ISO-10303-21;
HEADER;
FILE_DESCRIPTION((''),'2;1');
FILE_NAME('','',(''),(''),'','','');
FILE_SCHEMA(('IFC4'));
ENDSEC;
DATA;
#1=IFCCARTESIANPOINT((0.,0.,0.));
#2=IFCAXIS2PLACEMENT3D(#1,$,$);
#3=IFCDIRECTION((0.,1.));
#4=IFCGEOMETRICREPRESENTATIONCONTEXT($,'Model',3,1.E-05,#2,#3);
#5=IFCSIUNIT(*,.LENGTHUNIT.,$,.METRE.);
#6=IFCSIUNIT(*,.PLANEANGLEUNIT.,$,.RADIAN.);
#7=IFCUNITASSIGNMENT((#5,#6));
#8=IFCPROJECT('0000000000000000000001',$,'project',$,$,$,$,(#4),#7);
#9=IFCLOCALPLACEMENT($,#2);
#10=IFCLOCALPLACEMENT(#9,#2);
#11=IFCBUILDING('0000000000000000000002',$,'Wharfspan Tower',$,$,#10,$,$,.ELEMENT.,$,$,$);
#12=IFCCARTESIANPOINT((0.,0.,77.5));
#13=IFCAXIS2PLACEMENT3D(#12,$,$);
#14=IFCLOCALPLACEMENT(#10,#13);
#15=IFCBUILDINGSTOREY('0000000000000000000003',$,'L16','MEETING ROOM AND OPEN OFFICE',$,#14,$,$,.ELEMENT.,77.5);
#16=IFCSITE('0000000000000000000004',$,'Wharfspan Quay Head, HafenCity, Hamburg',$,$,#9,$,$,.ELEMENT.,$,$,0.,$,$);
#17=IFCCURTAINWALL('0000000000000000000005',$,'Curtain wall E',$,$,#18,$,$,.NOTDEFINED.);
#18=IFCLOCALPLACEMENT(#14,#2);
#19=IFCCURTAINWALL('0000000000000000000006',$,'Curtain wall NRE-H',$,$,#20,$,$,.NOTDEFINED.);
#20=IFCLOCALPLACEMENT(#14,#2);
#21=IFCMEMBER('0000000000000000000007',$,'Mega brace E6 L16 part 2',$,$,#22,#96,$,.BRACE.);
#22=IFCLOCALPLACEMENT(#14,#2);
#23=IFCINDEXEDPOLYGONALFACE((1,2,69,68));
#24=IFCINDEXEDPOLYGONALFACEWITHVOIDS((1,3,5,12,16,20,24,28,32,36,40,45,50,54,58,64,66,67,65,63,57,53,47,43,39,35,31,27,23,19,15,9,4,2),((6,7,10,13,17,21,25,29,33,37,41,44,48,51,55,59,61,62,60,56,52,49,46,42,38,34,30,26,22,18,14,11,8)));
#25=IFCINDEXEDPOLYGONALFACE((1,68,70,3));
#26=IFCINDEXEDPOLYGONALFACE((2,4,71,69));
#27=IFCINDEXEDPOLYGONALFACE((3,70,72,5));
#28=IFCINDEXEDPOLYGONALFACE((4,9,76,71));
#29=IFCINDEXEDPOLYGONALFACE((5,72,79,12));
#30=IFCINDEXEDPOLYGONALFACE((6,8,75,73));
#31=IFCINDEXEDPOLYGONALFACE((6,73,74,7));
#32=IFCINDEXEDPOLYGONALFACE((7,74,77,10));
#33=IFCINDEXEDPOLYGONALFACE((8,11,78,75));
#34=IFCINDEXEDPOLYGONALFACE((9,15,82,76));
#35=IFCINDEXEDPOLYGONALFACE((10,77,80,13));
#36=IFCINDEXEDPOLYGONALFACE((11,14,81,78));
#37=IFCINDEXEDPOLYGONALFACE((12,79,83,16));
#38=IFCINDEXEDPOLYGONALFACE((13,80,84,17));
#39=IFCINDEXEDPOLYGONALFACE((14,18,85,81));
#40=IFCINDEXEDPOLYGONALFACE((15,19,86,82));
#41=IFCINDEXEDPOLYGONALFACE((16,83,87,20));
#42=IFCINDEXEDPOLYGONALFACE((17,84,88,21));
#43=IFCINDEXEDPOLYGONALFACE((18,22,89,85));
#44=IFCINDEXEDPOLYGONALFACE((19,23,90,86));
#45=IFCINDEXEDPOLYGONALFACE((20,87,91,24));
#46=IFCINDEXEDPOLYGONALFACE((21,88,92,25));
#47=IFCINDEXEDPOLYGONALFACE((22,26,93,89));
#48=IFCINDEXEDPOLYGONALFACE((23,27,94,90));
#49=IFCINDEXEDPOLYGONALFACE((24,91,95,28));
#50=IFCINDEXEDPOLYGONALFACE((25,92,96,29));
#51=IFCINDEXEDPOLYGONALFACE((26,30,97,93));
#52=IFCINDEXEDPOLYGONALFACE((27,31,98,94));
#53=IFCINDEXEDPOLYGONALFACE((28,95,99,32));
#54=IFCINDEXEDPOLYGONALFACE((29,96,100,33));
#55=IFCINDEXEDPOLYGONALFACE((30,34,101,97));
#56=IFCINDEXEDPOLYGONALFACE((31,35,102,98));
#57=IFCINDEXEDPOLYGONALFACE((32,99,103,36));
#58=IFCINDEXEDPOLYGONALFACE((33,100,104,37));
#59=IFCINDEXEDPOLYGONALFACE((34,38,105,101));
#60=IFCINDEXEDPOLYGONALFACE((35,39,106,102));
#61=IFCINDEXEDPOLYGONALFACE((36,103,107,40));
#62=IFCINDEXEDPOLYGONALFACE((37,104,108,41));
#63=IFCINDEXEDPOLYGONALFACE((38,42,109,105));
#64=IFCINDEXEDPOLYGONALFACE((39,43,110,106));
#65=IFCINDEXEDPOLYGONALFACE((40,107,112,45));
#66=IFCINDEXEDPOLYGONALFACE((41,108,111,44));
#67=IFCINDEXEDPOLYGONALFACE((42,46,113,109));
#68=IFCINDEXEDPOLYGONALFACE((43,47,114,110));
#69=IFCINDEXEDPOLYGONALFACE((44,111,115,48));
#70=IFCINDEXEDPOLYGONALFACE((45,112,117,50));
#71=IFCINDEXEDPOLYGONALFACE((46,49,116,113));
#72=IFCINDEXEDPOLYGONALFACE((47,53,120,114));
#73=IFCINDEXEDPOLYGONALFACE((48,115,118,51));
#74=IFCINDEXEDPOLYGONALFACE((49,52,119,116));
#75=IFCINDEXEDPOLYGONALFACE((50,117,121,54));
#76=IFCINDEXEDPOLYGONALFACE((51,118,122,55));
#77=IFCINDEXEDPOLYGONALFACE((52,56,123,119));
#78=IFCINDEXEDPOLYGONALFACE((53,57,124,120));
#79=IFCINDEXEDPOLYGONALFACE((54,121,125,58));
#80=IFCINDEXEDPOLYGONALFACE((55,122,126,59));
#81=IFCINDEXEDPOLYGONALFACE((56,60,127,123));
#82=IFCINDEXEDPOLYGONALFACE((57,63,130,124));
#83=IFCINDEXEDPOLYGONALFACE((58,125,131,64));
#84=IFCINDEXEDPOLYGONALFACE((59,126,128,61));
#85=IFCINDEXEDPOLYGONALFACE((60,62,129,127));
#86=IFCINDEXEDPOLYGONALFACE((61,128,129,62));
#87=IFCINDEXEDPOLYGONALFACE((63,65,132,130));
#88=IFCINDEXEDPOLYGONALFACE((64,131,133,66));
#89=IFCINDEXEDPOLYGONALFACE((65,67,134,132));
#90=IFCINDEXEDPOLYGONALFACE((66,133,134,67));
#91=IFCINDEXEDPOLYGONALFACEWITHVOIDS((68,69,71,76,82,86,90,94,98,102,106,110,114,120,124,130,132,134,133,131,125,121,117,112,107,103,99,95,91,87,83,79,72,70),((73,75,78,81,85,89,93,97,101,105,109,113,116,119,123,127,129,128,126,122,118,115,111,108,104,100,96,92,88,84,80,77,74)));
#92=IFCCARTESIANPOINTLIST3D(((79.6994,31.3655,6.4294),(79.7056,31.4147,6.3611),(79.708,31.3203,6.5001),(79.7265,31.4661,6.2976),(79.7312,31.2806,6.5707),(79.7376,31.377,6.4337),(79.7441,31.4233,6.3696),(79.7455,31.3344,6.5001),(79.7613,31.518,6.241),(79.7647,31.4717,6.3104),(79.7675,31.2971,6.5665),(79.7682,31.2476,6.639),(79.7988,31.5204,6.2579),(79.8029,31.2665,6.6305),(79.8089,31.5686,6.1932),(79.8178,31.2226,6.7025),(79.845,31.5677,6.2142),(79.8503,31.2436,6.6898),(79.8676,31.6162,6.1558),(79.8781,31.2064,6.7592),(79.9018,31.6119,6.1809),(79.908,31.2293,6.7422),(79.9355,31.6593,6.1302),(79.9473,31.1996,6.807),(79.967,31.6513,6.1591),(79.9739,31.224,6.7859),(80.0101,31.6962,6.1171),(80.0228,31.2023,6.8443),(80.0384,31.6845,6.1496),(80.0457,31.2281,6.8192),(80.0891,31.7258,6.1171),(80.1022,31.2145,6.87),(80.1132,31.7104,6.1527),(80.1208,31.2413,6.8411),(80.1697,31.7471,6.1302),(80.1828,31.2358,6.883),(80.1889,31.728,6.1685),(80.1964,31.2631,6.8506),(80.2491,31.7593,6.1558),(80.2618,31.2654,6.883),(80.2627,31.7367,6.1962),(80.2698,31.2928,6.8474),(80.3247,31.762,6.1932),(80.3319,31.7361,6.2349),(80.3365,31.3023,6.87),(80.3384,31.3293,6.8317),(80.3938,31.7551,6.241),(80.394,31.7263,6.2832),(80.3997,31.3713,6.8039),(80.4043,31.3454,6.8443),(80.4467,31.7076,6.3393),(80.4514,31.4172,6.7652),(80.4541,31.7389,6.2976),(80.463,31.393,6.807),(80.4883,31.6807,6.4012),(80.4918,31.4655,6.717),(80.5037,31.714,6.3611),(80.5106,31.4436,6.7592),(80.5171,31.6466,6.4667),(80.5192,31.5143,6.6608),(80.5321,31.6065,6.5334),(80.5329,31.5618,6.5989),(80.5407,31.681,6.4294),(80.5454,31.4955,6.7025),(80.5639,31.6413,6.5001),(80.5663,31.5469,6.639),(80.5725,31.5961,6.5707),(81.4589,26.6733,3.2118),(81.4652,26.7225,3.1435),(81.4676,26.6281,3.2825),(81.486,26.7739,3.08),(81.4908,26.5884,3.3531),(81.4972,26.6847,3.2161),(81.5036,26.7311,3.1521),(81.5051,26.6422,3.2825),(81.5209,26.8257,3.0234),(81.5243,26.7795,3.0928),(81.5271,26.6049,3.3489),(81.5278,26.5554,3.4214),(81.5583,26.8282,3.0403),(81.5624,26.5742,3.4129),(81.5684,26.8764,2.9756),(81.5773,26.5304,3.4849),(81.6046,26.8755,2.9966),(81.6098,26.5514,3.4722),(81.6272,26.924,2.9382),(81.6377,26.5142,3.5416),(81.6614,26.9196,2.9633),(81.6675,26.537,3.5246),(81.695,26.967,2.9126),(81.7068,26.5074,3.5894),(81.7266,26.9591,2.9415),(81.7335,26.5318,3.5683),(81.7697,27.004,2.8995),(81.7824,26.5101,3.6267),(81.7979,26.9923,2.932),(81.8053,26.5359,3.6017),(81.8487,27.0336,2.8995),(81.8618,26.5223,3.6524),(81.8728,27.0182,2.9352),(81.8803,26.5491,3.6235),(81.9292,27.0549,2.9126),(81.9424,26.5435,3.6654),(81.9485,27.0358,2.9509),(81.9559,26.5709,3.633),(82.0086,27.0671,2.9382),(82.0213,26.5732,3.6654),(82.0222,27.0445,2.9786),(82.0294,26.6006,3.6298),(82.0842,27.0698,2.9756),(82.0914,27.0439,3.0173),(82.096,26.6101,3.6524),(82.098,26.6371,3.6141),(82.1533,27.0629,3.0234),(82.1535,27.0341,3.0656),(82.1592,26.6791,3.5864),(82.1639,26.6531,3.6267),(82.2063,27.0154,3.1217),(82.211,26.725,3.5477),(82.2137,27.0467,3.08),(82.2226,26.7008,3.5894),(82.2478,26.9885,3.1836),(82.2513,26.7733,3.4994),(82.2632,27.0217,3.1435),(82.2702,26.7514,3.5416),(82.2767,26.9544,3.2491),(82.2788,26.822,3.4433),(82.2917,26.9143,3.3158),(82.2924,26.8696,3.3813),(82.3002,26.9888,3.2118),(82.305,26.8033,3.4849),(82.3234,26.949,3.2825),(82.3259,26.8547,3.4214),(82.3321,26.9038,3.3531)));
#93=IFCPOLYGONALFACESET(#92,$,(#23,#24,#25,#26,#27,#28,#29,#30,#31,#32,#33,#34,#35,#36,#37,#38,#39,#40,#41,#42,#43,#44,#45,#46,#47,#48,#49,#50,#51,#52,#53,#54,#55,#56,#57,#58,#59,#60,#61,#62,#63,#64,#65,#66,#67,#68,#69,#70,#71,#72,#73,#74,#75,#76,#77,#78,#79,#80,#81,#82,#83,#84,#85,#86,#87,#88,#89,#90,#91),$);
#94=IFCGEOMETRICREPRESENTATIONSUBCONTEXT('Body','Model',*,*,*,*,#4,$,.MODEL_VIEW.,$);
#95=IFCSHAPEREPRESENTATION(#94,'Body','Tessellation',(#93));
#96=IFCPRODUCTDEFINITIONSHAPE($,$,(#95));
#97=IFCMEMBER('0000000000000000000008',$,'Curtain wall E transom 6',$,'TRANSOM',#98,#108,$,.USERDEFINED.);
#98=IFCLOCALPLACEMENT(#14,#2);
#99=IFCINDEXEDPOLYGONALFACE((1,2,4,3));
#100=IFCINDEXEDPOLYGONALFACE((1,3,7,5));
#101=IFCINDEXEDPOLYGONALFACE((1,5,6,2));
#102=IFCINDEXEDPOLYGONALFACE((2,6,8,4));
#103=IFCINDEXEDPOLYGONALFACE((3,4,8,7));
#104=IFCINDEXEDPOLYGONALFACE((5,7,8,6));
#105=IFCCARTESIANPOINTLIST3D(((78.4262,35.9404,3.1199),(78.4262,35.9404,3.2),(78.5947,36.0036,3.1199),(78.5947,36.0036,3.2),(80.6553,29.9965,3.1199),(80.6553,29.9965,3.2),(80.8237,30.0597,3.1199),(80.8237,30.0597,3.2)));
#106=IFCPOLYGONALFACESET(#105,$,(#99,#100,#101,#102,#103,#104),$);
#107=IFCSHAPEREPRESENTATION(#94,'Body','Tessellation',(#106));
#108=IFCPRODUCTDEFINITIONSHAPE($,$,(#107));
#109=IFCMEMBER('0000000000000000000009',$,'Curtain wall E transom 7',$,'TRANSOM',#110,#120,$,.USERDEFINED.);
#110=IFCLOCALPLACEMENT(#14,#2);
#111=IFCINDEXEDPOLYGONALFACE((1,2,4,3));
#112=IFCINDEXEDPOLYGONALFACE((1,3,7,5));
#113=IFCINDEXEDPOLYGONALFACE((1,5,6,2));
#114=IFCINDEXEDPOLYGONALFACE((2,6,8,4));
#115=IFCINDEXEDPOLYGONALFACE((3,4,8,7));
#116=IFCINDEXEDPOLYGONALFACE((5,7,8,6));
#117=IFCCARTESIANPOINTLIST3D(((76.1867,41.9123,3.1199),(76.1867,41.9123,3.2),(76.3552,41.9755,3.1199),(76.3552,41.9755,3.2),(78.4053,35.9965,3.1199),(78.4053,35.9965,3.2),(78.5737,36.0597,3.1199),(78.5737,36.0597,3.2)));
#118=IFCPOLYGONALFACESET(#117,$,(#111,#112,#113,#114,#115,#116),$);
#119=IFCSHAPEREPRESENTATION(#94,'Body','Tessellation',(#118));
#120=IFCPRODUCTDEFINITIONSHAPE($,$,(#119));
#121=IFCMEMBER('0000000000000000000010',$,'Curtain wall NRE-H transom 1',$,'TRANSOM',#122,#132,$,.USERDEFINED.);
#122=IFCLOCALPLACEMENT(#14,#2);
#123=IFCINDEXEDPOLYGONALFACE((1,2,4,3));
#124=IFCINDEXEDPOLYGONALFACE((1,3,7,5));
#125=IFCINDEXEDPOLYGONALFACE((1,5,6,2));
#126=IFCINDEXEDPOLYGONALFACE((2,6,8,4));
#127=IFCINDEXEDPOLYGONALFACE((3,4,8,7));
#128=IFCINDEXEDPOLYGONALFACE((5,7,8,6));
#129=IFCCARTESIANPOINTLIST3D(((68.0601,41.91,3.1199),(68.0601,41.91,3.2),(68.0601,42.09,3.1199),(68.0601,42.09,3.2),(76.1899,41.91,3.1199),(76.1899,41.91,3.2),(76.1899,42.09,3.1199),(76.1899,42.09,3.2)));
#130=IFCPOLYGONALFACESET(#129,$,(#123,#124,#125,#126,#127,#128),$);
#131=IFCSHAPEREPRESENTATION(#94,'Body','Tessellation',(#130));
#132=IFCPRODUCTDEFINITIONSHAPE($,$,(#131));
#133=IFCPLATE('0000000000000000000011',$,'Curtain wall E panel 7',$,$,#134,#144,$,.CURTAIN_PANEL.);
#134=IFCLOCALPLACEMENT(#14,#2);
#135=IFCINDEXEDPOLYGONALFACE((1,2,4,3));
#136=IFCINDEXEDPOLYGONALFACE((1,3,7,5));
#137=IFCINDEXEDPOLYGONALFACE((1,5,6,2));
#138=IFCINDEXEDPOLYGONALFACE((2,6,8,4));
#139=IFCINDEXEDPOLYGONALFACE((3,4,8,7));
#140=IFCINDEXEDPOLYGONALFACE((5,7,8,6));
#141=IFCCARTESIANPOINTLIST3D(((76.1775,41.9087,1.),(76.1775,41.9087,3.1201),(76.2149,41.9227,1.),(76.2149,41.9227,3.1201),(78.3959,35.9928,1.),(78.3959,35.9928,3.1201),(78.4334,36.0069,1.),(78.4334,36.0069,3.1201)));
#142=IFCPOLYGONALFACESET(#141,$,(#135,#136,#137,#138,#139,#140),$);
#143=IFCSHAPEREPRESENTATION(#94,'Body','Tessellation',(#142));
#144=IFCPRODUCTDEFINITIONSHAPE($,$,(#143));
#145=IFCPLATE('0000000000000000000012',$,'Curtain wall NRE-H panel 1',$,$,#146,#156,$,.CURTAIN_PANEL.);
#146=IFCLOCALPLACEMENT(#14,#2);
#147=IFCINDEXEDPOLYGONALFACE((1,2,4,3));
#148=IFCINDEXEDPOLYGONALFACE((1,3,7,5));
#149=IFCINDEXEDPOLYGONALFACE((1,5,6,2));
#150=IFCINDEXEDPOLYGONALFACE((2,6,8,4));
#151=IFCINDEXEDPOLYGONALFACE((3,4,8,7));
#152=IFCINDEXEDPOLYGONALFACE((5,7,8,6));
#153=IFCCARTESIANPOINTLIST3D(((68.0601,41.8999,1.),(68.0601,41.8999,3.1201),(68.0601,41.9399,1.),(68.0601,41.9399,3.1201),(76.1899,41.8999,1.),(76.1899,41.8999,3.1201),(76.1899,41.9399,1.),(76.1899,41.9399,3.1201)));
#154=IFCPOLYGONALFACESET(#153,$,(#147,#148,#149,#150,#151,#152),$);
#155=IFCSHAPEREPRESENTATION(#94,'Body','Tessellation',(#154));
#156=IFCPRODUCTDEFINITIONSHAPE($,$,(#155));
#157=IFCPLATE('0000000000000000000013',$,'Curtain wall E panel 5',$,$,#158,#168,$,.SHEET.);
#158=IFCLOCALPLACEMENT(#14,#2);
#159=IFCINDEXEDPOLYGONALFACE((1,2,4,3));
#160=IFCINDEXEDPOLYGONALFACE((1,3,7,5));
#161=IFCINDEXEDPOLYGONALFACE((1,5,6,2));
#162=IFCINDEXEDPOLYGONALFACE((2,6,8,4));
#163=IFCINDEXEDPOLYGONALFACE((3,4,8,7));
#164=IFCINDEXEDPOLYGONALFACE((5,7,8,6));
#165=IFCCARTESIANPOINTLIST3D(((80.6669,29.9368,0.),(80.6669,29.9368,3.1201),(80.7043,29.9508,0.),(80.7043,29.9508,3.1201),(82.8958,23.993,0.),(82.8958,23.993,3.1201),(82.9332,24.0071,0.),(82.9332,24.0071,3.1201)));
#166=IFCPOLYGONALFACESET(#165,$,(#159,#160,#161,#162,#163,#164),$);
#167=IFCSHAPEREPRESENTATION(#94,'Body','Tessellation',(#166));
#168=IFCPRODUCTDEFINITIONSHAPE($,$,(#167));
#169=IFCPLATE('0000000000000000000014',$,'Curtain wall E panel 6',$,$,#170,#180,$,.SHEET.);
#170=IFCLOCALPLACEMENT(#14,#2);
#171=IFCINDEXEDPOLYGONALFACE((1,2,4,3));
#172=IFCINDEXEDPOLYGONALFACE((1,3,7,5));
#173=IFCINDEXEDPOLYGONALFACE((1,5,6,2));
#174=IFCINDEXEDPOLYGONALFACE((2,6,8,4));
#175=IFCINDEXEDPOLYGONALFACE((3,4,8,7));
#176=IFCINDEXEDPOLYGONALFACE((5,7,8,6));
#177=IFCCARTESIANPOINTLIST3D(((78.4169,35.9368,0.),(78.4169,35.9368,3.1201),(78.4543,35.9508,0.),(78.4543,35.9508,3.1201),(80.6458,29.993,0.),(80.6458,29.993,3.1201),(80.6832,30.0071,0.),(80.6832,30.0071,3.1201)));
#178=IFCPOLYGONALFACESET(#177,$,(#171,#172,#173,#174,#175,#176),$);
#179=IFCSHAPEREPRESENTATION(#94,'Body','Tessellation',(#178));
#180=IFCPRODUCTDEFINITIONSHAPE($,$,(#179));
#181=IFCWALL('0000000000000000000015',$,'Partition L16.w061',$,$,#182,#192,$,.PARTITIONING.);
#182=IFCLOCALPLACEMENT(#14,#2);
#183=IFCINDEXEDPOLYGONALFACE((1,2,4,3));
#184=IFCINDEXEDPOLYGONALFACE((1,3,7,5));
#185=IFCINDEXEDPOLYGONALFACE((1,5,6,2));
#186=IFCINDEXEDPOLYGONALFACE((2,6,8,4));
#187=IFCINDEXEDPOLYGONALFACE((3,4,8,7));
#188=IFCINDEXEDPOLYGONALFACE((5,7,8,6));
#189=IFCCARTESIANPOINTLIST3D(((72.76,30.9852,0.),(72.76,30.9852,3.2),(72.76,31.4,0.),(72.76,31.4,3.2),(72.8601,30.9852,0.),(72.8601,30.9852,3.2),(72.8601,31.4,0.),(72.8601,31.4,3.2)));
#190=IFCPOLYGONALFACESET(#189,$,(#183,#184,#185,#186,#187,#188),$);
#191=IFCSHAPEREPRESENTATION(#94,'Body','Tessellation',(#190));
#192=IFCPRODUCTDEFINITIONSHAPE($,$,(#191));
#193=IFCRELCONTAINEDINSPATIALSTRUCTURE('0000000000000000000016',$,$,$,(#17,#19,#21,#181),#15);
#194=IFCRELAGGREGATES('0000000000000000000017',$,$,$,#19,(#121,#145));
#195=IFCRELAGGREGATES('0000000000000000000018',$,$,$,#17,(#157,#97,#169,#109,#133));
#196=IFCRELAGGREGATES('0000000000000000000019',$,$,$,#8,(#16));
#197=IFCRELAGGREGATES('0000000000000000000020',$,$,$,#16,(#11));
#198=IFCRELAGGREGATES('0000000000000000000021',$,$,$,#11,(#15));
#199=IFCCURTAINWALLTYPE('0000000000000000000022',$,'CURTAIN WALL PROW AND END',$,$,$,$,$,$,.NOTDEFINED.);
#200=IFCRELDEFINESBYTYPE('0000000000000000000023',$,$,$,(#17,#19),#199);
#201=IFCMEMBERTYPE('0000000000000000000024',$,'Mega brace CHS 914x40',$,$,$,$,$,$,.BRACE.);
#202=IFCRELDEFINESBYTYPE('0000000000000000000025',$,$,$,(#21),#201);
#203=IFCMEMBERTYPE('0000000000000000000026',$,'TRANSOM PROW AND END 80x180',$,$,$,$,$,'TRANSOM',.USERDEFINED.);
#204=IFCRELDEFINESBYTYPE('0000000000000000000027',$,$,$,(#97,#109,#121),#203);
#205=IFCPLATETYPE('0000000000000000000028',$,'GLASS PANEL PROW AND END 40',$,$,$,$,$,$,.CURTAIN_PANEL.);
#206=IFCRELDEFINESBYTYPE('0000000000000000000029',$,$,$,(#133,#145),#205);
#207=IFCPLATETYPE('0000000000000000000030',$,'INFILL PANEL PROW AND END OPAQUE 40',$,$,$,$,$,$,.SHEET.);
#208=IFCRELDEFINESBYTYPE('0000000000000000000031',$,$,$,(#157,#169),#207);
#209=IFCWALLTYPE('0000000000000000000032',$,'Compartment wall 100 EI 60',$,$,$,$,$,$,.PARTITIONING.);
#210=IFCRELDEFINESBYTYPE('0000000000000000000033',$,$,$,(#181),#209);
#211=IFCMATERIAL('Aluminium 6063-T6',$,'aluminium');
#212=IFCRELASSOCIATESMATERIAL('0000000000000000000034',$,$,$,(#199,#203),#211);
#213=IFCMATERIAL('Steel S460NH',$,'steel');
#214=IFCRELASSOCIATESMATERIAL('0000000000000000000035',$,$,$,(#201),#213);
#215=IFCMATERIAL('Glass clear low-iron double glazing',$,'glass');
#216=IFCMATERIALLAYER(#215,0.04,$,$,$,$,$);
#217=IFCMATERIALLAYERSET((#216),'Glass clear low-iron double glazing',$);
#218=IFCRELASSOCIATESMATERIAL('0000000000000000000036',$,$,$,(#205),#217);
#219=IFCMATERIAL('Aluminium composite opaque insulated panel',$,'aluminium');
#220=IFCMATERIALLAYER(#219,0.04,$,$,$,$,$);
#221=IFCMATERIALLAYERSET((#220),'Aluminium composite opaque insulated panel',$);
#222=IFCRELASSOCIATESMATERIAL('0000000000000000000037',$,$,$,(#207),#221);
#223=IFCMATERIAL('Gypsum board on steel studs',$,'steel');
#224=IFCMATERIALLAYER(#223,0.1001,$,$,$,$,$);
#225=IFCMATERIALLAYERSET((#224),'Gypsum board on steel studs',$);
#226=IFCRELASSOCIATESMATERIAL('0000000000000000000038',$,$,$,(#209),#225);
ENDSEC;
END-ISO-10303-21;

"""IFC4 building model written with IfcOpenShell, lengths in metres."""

from ifc_helpers import new_model, si_unit, direction, frame, frame_2d, origin, origin_2d, place, context, subcontext, project, spatial, rectangle, hollow_circle, extrude, material, layer, layer_set, material_profile, profile_set, type_object, element, aggregate, save


model = new_model("IFC4")

# Units and contexts
model_context = context("Model", 3, precision=1e-05, world=origin(), true_north=direction((0.0, 1.0)))
body_context = subcontext(model_context, "Body", "Model", "MODEL_VIEW")
ifc_project = project(units=[si_unit("LENGTHUNIT", "METRE"), si_unit("PLANEANGLEUNIT", "RADIAN")], contexts=[model_context])

# Site, building, storey
site_placement = place(None, origin())
site = spatial("IfcSite", under=ifc_project, at=site_placement, Name="Wharfspan Quay Head, HafenCity, Hamburg", CompositionType="ELEMENT", RefElevation=0.0)
building_placement = place(site_placement, origin())
building = spatial("IfcBuilding", under=site, at=building_placement, Name="Wharfspan Tower", CompositionType="ELEMENT")
storey_placement = place(building_placement, frame((0.0, 0.0, 77.5)))
storey = spatial("IfcBuildingStorey", under=building, at=storey_placement, Name="L16", Description="MEETING ROOM AND OPEN OFFICE", CompositionType="ELEMENT", Elevation=77.5)

# Curtain wall
ifc_material_1 = material(Name="Aluminium 6063-T6", Category="aluminium")
curtain_wall_type = type_object("IfcCurtainWallType", Name="CURTAIN WALL PROW AND END", PredefinedType="NOTDEFINED", material=ifc_material_1)
curtain_wall_1_placement = place(storey_placement, origin())
curtain_wall_1 = element("IfcCurtainWall", 1, at=curtain_wall_1_placement, inside=storey, type_object=curtain_wall_type, Name="Curtain wall E", PredefinedType="NOTDEFINED")

# Curtain wall
curtain_wall_2_placement = place(storey_placement, origin())
curtain_wall_2 = element("IfcCurtainWall", 2, at=curtain_wall_2_placement, inside=storey, type_object=curtain_wall_type, Name="Curtain wall NRE-H", PredefinedType="NOTDEFINED")

# Members
ifc_material_2 = material(Name="Steel S460NH", Category="steel")
ifc_material_profile_1 = material_profile(ifc_material_2, hollow_circle(Radius=0.457, WallThickness=0.04, at=origin_2d()))
ifc_profile_set_1 = profile_set([ifc_material_profile_1], Name="Steel S460NH")
member_type_1 = type_object("IfcMemberType", Name="Mega brace CHS 914x40", PredefinedType="BRACE", material=ifc_profile_set_1)
member_1_placement = place(storey_placement, frame((81.8955, 26.7886, 3.2825), z_axis=(-0.295459, 0.787904, 0.540288), x_axis=(-0.936328, -0.351115, -0.000003)))
element("IfcMember", 3, at=member_1_placement, inside=storey, type_object=member_type_1, Name="Mega brace E6 L16 part 2", PredefinedType="BRACE", context=body_context, shape_type="SweptSolid", body=[
    extrude(hollow_circle(Radius=0.457, WallThickness=0.04, at=origin_2d()), origin(), (0.0, 0.0, 1.0), 5.9553),
])
ifc_material_profile_2 = material_profile(ifc_material_1, rectangle(XDim=0.1799, YDim=0.0801, at=origin_2d()))
ifc_profile_set_2 = profile_set([ifc_material_profile_2], Name="Aluminium 6063-T6")
member_type_2 = type_object("IfcMemberType", Name="TRANSOM PROW AND END 80x180", ElementType="TRANSOM", PredefinedType="USERDEFINED", material=ifc_profile_set_2)
member_2_placement = place(storey_placement, frame((80.7395, 30.0281, 3.1599), z_axis=(-0.351132, 0.936326, 0.0), x_axis=(-0.936326, -0.351132, 0.0)))
member_2 = element("IfcMember", 4, at=member_2_placement, type_object=member_type_2, Name="Curtain wall E transom 6", ObjectType="TRANSOM", PredefinedType="USERDEFINED", context=body_context, shape_type="SweptSolid", body=[
    extrude(rectangle(XDim=0.1799, YDim=0.0801, at=origin_2d()), origin(), (0.0, 0.0, 1.0), 6.3481),
])
member_3_placement = place(storey_placement, frame((78.4895, 36.0281, 3.1599), z_axis=(-0.351136, 0.936324, 0.0), x_axis=(-0.936324, -0.351136, 0.0)))
member_3 = element("IfcMember", 5, at=member_3_placement, type_object=member_type_2, Name="Curtain wall E transom 7", ObjectType="TRANSOM", PredefinedType="USERDEFINED", context=body_context, shape_type="SweptSolid", body=[
    extrude(rectangle(XDim=0.1799, YDim=0.0801, at=origin_2d()), origin(), (0.0, 0.0, 1.0), 6.3181),
])
member_4_placement = place(storey_placement, frame((76.1899, 42.0, 3.1599), z_axis=(-1.0, 0.0, 0.0), x_axis=(0.0, -1.0, 0.0)))
member_4 = element("IfcMember", 6, at=member_4_placement, type_object=member_type_2, Name="Curtain wall NRE-H transom 1", ObjectType="TRANSOM", PredefinedType="USERDEFINED", context=body_context, shape_type="SweptSolid", body=[
    extrude(rectangle(XDim=0.1799, YDim=0.0801, at=origin_2d()), origin(), (0.0, 0.0, 1.0), 8.1299),
])

# Plates
ifc_material_3 = material(Name="Glass clear low-iron double glazing", Category="glass")
ifc_layer_1 = layer(ifc_material_3, 0.04)
ifc_layer_set_1 = layer_set([ifc_layer_1], Name="Glass clear low-iron double glazing")
plate_type_1 = type_object("IfcPlateType", Name="GLASS PANEL PROW AND END 40", PredefinedType="CURTAIN_PANEL", material=ifc_layer_set_1)
plate_1_placement = place(storey_placement, frame((77.3054, 38.9578, 1.0), z_axis=(0.0, 0.0, 1.0), x_axis=(-0.351123, 0.936328, 0.0)))
plate_1 = element("IfcPlate", 7, at=plate_1_placement, type_object=plate_type_1, Name="Curtain wall E panel 7", PredefinedType="CURTAIN_PANEL", context=body_context, shape_type="SweptSolid", body=[
    extrude(rectangle(XDim=6.3181, YDim=0.04, at=origin_2d()), origin(), (0.0, 0.0, 1.0), 2.1201),
])
plate_2_placement = place(storey_placement, frame((72.125, 41.9199, 1.0), z_axis=(0.0, 0.0, 1.0), x_axis=(-1.0, 0.0, 0.0)))
plate_2 = element("IfcPlate", 8, at=plate_2_placement, type_object=plate_type_1, Name="Curtain wall NRE-H panel 1", PredefinedType="CURTAIN_PANEL", context=body_context, shape_type="SweptSolid", body=[
    extrude(rectangle(XDim=8.1299, YDim=0.04, at=origin_2d()), origin(), (0.0, 0.0, 1.0), 2.1201),
])
aggregate(curtain_wall_2, [member_4, plate_2])
ifc_material_4 = material(Name="Aluminium composite opaque insulated panel", Category="aluminium")
ifc_layer_2 = layer(ifc_material_4, 0.04)
ifc_layer_set_2 = layer_set([ifc_layer_2], Name="Aluminium composite opaque insulated panel")
plate_type_2 = type_object("IfcPlateType", Name="INFILL PANEL PROW AND END OPAQUE 40", PredefinedType="SHEET", material=ifc_layer_set_2)
plate_3_placement = place(storey_placement, frame((81.8, 26.9719, 0.0), z_axis=(0.0, 0.0, 1.0), x_axis=(-0.351123, 0.936328, 0.0)))
plate_3 = element("IfcPlate", 9, at=plate_3_placement, type_object=plate_type_2, Name="Curtain wall E panel 5", PredefinedType="SHEET", context=body_context, shape_type="SweptSolid", body=[
    extrude(rectangle(XDim=6.3479, YDim=0.04, at=origin_2d()), origin(), (0.0, 0.0, 1.0), 3.1201),
])
plate_4_placement = place(storey_placement, frame((79.55, 32.9719, 0.0), z_axis=(0.0, 0.0, 1.0), x_axis=(-0.351123, 0.936328, 0.0)))
plate_4 = element("IfcPlate", 10, at=plate_4_placement, type_object=plate_type_2, Name="Curtain wall E panel 6", PredefinedType="SHEET", context=body_context, shape_type="SweptSolid", body=[
    extrude(rectangle(XDim=6.3479, YDim=0.04, at=origin_2d()), origin(), (0.0, 0.0, 1.0), 3.1201),
])
aggregate(curtain_wall_1, [plate_3, member_2, plate_4, member_3, plate_1])

# Wall
ifc_material_5 = material(Name="Gypsum board on steel studs", Category="steel")
ifc_layer_3 = layer(ifc_material_5, 0.1001)
ifc_layer_set_3 = layer_set([ifc_layer_3], Name="Gypsum board on steel studs")
wall_type_1 = type_object("IfcWallType", Name="Compartment wall 100 EI 60", PredefinedType="PARTITIONING", material=ifc_layer_set_3)
wall_1_placement = place(storey_placement, frame((72.8101, 30.9851, 0.0), z_axis=(0.0, 0.0, 1.0), x_axis=(0.0, 1.0, 0.0)))
element("IfcWall", 11, at=wall_1_placement, inside=storey, type_object=wall_type_1, Name="Partition L16.w061", PredefinedType="PARTITIONING", context=body_context, shape_type="SweptSolid", body=[
    extrude(rectangle(XDim=0.4148, YDim=0.1001, at=frame_2d((0.2075, 0.0))), origin(), (0.0, 0.0, 1.0), 3.2),
])

save(model, "model.ifc")
